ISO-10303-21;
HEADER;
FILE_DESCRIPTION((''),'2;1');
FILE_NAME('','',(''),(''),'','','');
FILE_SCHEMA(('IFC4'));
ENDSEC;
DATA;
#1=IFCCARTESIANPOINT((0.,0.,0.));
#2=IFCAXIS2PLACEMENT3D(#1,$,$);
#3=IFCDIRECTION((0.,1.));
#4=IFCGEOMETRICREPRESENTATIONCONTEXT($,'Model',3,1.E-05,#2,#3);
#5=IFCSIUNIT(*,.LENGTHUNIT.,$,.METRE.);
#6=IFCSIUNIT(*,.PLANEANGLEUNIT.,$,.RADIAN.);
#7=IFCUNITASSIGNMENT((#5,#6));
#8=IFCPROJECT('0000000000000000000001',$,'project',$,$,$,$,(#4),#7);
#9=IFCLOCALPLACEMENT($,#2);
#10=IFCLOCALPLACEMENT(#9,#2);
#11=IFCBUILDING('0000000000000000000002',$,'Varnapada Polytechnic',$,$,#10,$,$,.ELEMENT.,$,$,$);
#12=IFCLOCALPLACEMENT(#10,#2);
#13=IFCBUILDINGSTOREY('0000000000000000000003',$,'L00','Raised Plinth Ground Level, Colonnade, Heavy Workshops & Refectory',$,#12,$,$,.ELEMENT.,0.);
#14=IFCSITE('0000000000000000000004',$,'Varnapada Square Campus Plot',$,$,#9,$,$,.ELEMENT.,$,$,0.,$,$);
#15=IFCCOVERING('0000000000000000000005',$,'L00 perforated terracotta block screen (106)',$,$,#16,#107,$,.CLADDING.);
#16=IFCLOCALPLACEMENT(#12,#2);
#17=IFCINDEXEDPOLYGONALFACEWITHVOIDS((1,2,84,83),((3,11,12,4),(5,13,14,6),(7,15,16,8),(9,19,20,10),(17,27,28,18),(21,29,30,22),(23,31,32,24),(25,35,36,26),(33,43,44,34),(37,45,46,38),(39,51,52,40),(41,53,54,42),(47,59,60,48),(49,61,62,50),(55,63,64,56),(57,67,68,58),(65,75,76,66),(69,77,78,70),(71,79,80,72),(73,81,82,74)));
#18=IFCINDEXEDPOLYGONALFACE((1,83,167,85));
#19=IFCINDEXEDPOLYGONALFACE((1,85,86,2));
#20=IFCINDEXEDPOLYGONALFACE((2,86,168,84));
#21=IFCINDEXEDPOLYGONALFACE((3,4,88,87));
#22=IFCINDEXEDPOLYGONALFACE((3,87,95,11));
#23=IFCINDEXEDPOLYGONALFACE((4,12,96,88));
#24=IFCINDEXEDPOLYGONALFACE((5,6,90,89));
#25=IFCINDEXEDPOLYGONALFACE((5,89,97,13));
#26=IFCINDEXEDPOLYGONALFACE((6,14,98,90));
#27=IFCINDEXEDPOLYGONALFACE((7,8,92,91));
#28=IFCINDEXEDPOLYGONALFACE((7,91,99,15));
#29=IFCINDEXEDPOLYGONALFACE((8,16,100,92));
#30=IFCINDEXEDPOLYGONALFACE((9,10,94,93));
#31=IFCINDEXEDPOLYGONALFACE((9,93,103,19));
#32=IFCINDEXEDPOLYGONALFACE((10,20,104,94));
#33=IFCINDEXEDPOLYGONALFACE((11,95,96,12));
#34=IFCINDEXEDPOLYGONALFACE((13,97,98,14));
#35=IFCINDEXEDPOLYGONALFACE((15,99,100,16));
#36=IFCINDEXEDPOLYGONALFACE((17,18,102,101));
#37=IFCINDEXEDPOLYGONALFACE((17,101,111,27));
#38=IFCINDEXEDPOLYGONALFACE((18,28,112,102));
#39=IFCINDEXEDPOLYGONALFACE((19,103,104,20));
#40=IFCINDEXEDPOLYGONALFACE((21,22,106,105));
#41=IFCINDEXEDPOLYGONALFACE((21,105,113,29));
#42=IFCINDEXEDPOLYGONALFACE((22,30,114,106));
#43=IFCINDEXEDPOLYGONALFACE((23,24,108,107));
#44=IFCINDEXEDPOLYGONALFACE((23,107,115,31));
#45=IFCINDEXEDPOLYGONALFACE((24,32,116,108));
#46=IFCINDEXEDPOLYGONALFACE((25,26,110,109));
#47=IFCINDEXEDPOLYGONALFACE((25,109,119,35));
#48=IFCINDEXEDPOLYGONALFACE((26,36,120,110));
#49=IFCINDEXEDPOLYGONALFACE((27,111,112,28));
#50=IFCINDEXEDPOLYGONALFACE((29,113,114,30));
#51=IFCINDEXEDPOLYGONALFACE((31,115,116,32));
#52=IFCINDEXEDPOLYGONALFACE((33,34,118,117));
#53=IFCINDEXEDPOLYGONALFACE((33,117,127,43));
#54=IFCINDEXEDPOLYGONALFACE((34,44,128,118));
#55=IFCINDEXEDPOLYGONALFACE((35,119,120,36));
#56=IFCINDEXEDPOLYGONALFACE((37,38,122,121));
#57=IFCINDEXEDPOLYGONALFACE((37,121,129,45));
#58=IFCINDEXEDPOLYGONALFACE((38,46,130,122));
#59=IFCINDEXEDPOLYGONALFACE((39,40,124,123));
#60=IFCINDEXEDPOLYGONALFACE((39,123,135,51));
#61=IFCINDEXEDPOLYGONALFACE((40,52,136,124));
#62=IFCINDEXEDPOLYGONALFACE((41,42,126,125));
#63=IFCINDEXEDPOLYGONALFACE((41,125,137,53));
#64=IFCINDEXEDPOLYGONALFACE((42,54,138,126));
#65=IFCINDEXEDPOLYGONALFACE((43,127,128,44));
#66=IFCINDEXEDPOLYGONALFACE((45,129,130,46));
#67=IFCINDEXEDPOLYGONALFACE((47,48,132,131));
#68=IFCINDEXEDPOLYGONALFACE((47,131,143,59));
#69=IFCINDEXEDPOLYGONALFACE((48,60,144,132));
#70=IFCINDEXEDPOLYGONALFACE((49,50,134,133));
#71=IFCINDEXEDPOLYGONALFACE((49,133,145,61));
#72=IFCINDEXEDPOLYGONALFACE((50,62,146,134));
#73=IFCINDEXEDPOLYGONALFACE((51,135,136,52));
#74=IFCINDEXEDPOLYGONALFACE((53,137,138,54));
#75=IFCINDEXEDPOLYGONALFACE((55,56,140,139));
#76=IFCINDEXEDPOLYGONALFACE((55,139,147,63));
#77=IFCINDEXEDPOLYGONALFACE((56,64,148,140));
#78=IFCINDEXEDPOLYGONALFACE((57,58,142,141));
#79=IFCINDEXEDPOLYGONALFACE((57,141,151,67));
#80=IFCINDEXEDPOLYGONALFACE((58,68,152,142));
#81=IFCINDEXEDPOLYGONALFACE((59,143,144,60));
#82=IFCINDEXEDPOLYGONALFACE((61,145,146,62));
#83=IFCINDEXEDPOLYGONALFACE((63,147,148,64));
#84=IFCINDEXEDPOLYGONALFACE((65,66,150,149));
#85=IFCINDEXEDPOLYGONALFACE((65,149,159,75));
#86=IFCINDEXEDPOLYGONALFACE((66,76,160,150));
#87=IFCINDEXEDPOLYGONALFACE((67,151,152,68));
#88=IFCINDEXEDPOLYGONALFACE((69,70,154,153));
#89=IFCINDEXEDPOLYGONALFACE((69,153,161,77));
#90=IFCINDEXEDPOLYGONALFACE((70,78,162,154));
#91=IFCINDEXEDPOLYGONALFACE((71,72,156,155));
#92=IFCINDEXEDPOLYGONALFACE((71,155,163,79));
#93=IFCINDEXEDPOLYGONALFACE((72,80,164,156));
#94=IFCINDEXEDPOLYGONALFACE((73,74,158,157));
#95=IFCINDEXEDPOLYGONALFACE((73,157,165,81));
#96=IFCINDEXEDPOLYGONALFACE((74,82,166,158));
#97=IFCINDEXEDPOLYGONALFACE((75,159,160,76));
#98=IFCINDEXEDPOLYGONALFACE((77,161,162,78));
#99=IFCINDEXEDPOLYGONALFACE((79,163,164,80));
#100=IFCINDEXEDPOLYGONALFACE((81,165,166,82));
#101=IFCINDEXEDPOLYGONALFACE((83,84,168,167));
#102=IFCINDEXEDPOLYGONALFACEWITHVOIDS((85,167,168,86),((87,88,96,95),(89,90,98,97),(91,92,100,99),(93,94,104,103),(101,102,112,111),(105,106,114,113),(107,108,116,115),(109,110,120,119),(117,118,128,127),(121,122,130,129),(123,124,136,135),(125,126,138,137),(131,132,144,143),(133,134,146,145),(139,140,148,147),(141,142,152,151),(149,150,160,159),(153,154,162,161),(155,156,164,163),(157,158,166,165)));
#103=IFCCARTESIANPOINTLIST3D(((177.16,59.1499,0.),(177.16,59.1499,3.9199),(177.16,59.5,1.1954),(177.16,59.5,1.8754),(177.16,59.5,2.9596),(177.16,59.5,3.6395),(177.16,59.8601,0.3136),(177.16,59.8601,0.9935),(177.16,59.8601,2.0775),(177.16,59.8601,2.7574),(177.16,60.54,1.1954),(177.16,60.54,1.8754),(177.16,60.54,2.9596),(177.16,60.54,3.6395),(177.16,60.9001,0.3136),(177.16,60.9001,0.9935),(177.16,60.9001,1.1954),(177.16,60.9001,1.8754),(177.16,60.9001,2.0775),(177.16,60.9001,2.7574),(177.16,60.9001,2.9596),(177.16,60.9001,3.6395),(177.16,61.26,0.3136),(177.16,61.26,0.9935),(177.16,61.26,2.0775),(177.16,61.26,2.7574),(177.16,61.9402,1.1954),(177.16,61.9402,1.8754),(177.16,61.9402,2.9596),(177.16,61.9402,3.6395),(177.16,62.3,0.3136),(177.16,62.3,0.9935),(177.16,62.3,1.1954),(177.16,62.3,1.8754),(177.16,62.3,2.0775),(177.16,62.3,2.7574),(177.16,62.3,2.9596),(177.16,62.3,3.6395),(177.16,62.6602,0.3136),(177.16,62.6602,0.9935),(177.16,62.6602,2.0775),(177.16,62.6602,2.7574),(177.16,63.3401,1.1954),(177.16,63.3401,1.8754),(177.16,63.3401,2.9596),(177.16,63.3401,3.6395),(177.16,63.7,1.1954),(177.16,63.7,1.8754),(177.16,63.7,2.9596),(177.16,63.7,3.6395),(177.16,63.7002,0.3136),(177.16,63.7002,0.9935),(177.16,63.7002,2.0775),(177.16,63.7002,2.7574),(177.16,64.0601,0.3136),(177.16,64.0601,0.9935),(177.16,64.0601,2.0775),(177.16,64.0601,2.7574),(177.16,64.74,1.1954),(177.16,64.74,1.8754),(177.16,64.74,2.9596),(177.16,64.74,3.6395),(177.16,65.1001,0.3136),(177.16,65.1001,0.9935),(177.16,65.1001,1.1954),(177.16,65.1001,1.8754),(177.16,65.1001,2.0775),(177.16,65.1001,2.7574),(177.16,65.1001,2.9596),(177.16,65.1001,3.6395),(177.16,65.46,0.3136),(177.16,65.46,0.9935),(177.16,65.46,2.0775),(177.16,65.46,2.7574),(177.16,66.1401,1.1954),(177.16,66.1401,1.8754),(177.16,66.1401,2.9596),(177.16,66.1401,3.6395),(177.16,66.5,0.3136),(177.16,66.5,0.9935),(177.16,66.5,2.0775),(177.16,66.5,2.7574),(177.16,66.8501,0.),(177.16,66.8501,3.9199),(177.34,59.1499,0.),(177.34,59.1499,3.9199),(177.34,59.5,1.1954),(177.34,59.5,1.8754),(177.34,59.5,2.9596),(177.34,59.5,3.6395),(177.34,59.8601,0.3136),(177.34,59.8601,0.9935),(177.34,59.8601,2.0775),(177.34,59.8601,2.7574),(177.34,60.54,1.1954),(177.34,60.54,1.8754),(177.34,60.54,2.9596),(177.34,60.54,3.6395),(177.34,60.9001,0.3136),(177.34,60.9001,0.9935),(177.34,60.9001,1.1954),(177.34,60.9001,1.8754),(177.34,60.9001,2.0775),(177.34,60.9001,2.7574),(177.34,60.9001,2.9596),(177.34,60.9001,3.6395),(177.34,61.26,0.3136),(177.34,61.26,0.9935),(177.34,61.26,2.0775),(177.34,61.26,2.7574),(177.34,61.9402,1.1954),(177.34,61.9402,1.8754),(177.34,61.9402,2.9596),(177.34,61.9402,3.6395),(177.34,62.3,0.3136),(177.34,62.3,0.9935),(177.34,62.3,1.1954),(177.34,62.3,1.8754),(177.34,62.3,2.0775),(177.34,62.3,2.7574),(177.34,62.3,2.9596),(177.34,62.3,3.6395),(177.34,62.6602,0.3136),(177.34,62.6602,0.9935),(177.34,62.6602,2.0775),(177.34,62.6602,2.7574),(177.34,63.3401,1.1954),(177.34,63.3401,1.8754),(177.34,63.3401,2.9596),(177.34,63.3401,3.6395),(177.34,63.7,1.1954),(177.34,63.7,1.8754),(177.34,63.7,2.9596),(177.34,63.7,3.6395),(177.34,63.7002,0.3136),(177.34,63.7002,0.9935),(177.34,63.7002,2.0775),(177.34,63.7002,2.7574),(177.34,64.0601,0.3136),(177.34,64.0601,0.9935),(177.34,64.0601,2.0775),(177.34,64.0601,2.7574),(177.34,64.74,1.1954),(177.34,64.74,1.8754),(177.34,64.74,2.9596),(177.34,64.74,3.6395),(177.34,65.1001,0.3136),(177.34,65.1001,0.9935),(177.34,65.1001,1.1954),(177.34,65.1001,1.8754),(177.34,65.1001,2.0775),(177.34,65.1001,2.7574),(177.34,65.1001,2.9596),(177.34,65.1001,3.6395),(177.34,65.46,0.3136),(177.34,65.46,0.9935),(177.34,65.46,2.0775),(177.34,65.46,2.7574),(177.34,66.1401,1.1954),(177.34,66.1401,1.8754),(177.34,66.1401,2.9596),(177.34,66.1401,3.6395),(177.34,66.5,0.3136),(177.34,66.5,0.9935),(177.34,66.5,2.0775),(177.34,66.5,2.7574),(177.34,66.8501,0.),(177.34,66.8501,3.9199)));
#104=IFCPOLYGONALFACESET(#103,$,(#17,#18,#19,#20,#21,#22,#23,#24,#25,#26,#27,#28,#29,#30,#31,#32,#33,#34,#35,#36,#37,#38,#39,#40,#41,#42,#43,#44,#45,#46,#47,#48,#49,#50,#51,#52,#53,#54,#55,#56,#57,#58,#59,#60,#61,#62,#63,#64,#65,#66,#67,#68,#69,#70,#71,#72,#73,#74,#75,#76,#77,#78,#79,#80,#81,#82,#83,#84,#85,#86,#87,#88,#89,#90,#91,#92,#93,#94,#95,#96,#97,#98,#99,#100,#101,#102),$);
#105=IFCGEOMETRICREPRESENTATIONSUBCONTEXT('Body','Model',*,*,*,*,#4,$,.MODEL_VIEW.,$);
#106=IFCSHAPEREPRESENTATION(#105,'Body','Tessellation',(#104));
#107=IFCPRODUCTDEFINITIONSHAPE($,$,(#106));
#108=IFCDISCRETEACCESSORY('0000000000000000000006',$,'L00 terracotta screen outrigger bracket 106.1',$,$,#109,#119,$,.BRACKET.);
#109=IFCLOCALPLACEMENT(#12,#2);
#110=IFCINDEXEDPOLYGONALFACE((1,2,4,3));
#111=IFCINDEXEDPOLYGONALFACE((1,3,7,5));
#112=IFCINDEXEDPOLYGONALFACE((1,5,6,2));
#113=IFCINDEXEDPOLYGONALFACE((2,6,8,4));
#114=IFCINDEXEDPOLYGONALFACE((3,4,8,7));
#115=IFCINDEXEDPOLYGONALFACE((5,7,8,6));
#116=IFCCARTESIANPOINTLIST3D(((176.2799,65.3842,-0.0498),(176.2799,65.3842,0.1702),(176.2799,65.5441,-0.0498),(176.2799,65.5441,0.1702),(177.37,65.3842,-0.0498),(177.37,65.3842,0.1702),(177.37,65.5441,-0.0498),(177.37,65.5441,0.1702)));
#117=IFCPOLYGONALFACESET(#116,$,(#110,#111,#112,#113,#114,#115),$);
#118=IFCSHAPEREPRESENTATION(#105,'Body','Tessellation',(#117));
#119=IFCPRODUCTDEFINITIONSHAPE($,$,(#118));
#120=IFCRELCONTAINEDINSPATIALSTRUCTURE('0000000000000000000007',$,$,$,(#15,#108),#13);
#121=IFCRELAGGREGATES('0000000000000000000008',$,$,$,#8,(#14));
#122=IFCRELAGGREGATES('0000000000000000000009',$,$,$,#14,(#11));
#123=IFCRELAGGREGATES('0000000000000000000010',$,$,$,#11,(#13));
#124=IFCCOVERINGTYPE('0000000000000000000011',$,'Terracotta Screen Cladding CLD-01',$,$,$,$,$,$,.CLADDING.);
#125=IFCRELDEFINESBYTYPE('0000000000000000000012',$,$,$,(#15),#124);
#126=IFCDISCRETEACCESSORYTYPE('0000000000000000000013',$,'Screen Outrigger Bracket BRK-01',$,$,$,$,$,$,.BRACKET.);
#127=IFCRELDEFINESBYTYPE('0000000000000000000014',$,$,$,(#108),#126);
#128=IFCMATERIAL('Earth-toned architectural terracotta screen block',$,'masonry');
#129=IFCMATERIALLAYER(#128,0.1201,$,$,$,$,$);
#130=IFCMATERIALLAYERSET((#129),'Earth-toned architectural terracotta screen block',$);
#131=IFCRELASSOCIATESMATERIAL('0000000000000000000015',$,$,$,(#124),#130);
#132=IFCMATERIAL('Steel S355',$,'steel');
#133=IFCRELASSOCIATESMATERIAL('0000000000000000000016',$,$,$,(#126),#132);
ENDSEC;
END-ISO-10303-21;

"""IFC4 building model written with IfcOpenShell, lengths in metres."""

from ifc_helpers import new_model, si_unit, direction, frame, frame_2d, origin, origin_2d, place, context, subcontext, project, spatial, rectangle, extrude, material, layer, layer_set, type_object, element, save


model = new_model("IFC4")

# Units and contexts
model_context = context("Model", 3, precision=1e-05, world=origin(), true_north=direction((0.0, 1.0)))
body_context = subcontext(model_context, "Body", "Model", "MODEL_VIEW")
ifc_project = project(units=[si_unit("LENGTHUNIT", "METRE"), si_unit("PLANEANGLEUNIT", "RADIAN")], contexts=[model_context])

# Site, building, storey
site_placement = place(None, origin())
site = spatial("IfcSite", under=ifc_project, at=site_placement, Name="Varnapada Square Campus Plot", CompositionType="ELEMENT", RefElevation=0.0)
building_placement = place(site_placement, origin())
building = spatial("IfcBuilding", under=site, at=building_placement, Name="Varnapada Polytechnic", CompositionType="ELEMENT")
storey_placement = place(building_placement, origin())
storey = spatial("IfcBuildingStorey", under=building, at=storey_placement, Name="L00", Description="Raised Plinth Ground Level, Colonnade, Heavy Workshops & Refectory", CompositionType="ELEMENT", Elevation=0.0)

# Covering, openings
ifc_material_1 = material(Name="Earth-toned architectural terracotta screen block", Category="masonry")
ifc_layer_1 = layer(ifc_material_1, 0.1201)
ifc_layer_set_1 = layer_set([ifc_layer_1], Name="Earth-toned architectural terracotta screen block")
covering_type = type_object("IfcCoveringType", Name="Terracotta Screen Cladding CLD-01", PredefinedType="CLADDING", material=ifc_layer_set_1)
covering_placement = place(storey_placement, frame((177.25, 66.8501, 0.0), z_axis=(0.0, 0.0, 1.0), x_axis=(0.0, -1.0, 0.0)))
covering = element("IfcCovering", 1, at=covering_placement, inside=storey, type_object=covering_type, Name="L00 perforated terracotta block screen (106)", PredefinedType="CLADDING", context=body_context, shape_type="SweptSolid", body=[
    extrude(rectangle(XDim=7.7002, YDim=0.1799, at=frame_2d((3.8501, 0.0))), origin(), (0.0, 0.0, 1.0), 3.9199),
])
opening_1_placement = place(covering_placement, frame((0.3501, 0.0, 0.3137)))
element("IfcOpeningElement", 2, at=opening_1_placement, cuts=covering, PredefinedType="OPENING", context=body_context, shape_type="SweptSolid", body=[
    extrude(rectangle(XDim=1.04, YDim=0.6799, at=frame_2d((0.52, 0.3398))), frame((0.0, 0.0999, 0.0), z_axis=(0.0, -1.0, 0.0), x_axis=(1.0, 0.0, 0.0)), (0.0, 0.0, 1.0), 0.2),
])
opening_2_placement = place(covering_placement, frame((1.75, 0.0, 0.3137)))
element("IfcOpeningElement", 3, at=opening_2_placement, cuts=covering, PredefinedType="OPENING", context=body_context, shape_type="SweptSolid", body=[
    extrude(rectangle(XDim=1.04, YDim=0.6799, at=frame_2d((0.52, 0.3398))), frame((0.0, 0.0999, 0.0), z_axis=(0.0, -1.0, 0.0), x_axis=(1.0, 0.0, 0.0)), (0.0, 0.0, 1.0), 0.2),
])
opening_3_placement = place(covering_placement, frame((3.1499, 0.0, 0.3137)))
element("IfcOpeningElement", 4, at=opening_3_placement, cuts=covering, PredefinedType="OPENING", context=body_context, shape_type="SweptSolid", body=[
    extrude(rectangle(XDim=1.04, YDim=0.6799, at=frame_2d((0.52, 0.3398))), frame((0.0, 0.0999, 0.0), z_axis=(0.0, -1.0, 0.0), x_axis=(1.0, 0.0, 0.0)), (0.0, 0.0, 1.0), 0.2),
])
opening_4_placement = place(covering_placement, frame((4.55, 0.0, 0.3137)))
element("IfcOpeningElement", 5, at=opening_4_placement, cuts=covering, PredefinedType="OPENING", context=body_context, shape_type="SweptSolid", body=[
    extrude(rectangle(XDim=1.04, YDim=0.6799, at=frame_2d((0.52, 0.3398))), frame((0.0, 0.0999, 0.0), z_axis=(0.0, -1.0, 0.0), x_axis=(1.0, 0.0, 0.0)), (0.0, 0.0, 1.0), 0.2),
])
opening_5_placement = place(covering_placement, frame((5.95, 0.0, 0.3137)))
element("IfcOpeningElement", 6, at=opening_5_placement, cuts=covering, PredefinedType="OPENING", context=body_context, shape_type="SweptSolid", body=[
    extrude(rectangle(XDim=1.04, YDim=0.6799, at=frame_2d((0.52, 0.3398))), frame((0.0, 0.0999, 0.0), z_axis=(0.0, -1.0, 0.0), x_axis=(1.0, 0.0, 0.0)), (0.0, 0.0, 1.0), 0.2),
])
opening_6_placement = place(covering_placement, frame((0.71, 0.0, 1.1956)))
element("IfcOpeningElement", 7, at=opening_6_placement, cuts=covering, PredefinedType="OPENING", context=body_context, shape_type="SweptSolid", body=[
    extrude(rectangle(XDim=1.04, YDim=0.6799, at=frame_2d((0.52, 0.3398))), frame((0.0, 0.0999, 0.0), z_axis=(0.0, -1.0, 0.0), x_axis=(1.0, 0.0, 0.0)), (0.0, 0.0, 1.0), 0.2),
])
opening_7_placement = place(covering_placement, frame((2.1101, 0.0, 1.1956)))
element("IfcOpeningElement", 8, at=opening_7_placement, cuts=covering, PredefinedType="OPENING", context=body_context, shape_type="SweptSolid", body=[
    extrude(rectangle(XDim=1.04, YDim=0.6799, at=frame_2d((0.52, 0.3398))), frame((0.0, 0.0999, 0.0), z_axis=(0.0, -1.0, 0.0), x_axis=(1.0, 0.0, 0.0)), (0.0, 0.0, 1.0), 0.2),
])
opening_8_placement = place(covering_placement, frame((3.51, 0.0, 1.1956)))
element("IfcOpeningElement", 9, at=opening_8_placement, cuts=covering, PredefinedType="OPENING", context=body_context, shape_type="SweptSolid", body=[
    extrude(rectangle(XDim=1.04, YDim=0.6799, at=frame_2d((0.52, 0.3398))), frame((0.0, 0.0999, 0.0), z_axis=(0.0, -1.0, 0.0), x_axis=(1.0, 0.0, 0.0)), (0.0, 0.0, 1.0), 0.2),
])
opening_9_placement = place(covering_placement, frame((4.9099, 0.0, 1.1956)))
element("IfcOpeningElement", 10, at=opening_9_placement, cuts=covering, PredefinedType="OPENING", context=body_context, shape_type="SweptSolid", body=[
    extrude(rectangle(XDim=1.04, YDim=0.6799, at=frame_2d((0.52, 0.3398))), frame((0.0, 0.0999, 0.0), z_axis=(0.0, -1.0, 0.0), x_axis=(1.0, 0.0, 0.0)), (0.0, 0.0, 1.0), 0.2),
])
opening_10_placement = place(covering_placement, frame((6.3101, 0.0, 1.1956)))
element("IfcOpeningElement", 11, at=opening_10_placement, cuts=covering, PredefinedType="OPENING", context=body_context, shape_type="SweptSolid", body=[
    extrude(rectangle(XDim=1.04, YDim=0.6799, at=frame_2d((0.52, 0.3398))), frame((0.0, 0.0999, 0.0), z_axis=(0.0, -1.0, 0.0), x_axis=(1.0, 0.0, 0.0)), (0.0, 0.0, 1.0), 0.2),
])
opening_11_placement = place(covering_placement, frame((0.3501, 0.0, 2.0776)))
element("IfcOpeningElement", 12, at=opening_11_placement, cuts=covering, PredefinedType="OPENING", context=body_context, shape_type="SweptSolid", body=[
    extrude(rectangle(XDim=1.04, YDim=0.6799, at=frame_2d((0.52, 0.3398))), frame((0.0, 0.0999, 0.0), z_axis=(0.0, -1.0, 0.0), x_axis=(1.0, 0.0, 0.0)), (0.0, 0.0, 1.0), 0.2),
])
opening_12_placement = place(covering_placement, frame((1.75, 0.0, 2.0776)))
element("IfcOpeningElement", 13, at=opening_12_placement, cuts=covering, PredefinedType="OPENING", context=body_context, shape_type="SweptSolid", body=[
    extrude(rectangle(XDim=1.04, YDim=0.6799, at=frame_2d((0.52, 0.3398))), frame((0.0, 0.0999, 0.0), z_axis=(0.0, -1.0, 0.0), x_axis=(1.0, 0.0, 0.0)), (0.0, 0.0, 1.0), 0.2),
])
opening_13_placement = place(covering_placement, frame((3.1499, 0.0, 2.0776)))
element("IfcOpeningElement", 14, at=opening_13_placement, cuts=covering, PredefinedType="OPENING", context=body_context, shape_type="SweptSolid", body=[
    extrude(rectangle(XDim=1.04, YDim=0.6799, at=frame_2d((0.52, 0.3398))), frame((0.0, 0.0999, 0.0), z_axis=(0.0, -1.0, 0.0), x_axis=(1.0, 0.0, 0.0)), (0.0, 0.0, 1.0), 0.2),
])
opening_14_placement = place(covering_placement, frame((4.55, 0.0, 2.0776)))
element("IfcOpeningElement", 15, at=opening_14_placement, cuts=covering, PredefinedType="OPENING", context=body_context, shape_type="SweptSolid", body=[
    extrude(rectangle(XDim=1.04, YDim=0.6799, at=frame_2d((0.52, 0.3398))), frame((0.0, 0.0999, 0.0), z_axis=(0.0, -1.0, 0.0), x_axis=(1.0, 0.0, 0.0)), (0.0, 0.0, 1.0), 0.2),
])
opening_15_placement = place(covering_placement, frame((5.95, 0.0, 2.0776)))
element("IfcOpeningElement", 16, at=opening_15_placement, cuts=covering, PredefinedType="OPENING", context=body_context, shape_type="SweptSolid", body=[
    extrude(rectangle(XDim=1.04, YDim=0.6799, at=frame_2d((0.52, 0.3398))), frame((0.0, 0.0999, 0.0), z_axis=(0.0, -1.0, 0.0), x_axis=(1.0, 0.0, 0.0)), (0.0, 0.0, 1.0), 0.2),
])
opening_16_placement = place(covering_placement, frame((0.71, 0.0, 2.9597)))
element("IfcOpeningElement", 17, at=opening_16_placement, cuts=covering, PredefinedType="OPENING", context=body_context, shape_type="SweptSolid", body=[
    extrude(rectangle(XDim=1.04, YDim=0.6799, at=frame_2d((0.52, 0.3398))), frame((0.0, 0.0999, 0.0), z_axis=(0.0, -1.0, 0.0), x_axis=(1.0, 0.0, 0.0)), (0.0, 0.0, 1.0), 0.2),
])
opening_17_placement = place(covering_placement, frame((2.1101, 0.0, 2.9597)))
element("IfcOpeningElement", 18, at=opening_17_placement, cuts=covering, PredefinedType="OPENING", context=body_context, shape_type="SweptSolid", body=[
    extrude(rectangle(XDim=1.04, YDim=0.6799, at=frame_2d((0.52, 0.3398))), frame((0.0, 0.0999, 0.0), z_axis=(0.0, -1.0, 0.0), x_axis=(1.0, 0.0, 0.0)), (0.0, 0.0, 1.0), 0.2),
])
opening_18_placement = place(covering_placement, frame((3.51, 0.0, 2.9597)))
element("IfcOpeningElement", 19, at=opening_18_placement, cuts=covering, PredefinedType="OPENING", context=body_context, shape_type="SweptSolid", body=[
    extrude(rectangle(XDim=1.04, YDim=0.6799, at=frame_2d((0.52, 0.3398))), frame((0.0, 0.0999, 0.0), z_axis=(0.0, -1.0, 0.0), x_axis=(1.0, 0.0, 0.0)), (0.0, 0.0, 1.0), 0.2),
])
opening_19_placement = place(covering_placement, frame((4.9099, 0.0, 2.9597)))
element("IfcOpeningElement", 20, at=opening_19_placement, cuts=covering, PredefinedType="OPENING", context=body_context, shape_type="SweptSolid", body=[
    extrude(rectangle(XDim=1.04, YDim=0.6799, at=frame_2d((0.52, 0.3398))), frame((0.0, 0.0999, 0.0), z_axis=(0.0, -1.0, 0.0), x_axis=(1.0, 0.0, 0.0)), (0.0, 0.0, 1.0), 0.2),
])
opening_20_placement = place(covering_placement, frame((6.3101, 0.0, 2.9597)))
element("IfcOpeningElement", 21, at=opening_20_placement, cuts=covering, PredefinedType="OPENING", context=body_context, shape_type="SweptSolid", body=[
    extrude(rectangle(XDim=1.04, YDim=0.6799, at=frame_2d((0.52, 0.3398))), frame((0.0, 0.0999, 0.0), z_axis=(0.0, -1.0, 0.0), x_axis=(1.0, 0.0, 0.0)), (0.0, 0.0, 1.0), 0.2),
])

# Discrete accessory
ifc_material_2 = material(Name="Steel S355", Category="steel")
discrete_accessory_type = type_object("IfcDiscreteAccessoryType", Name="Screen Outrigger Bracket BRK-01", PredefinedType="BRACKET", material=ifc_material_2)
for number, where, z_axis, x_axis, name in (
    (22, (176.825, 65.4641, -0.0498), (0.0, 0.0, 1.0), (0.0, -1.0, 0.0), "L00 terracotta screen outrigger bracket 106.1"),
):
    element("IfcDiscreteAccessory", number, at=place(storey_placement, frame(where, z_axis=z_axis, x_axis=x_axis)), inside=storey, type_object=discrete_accessory_type, Name=name, PredefinedType="BRACKET", context=body_context, shape_type="SweptSolid", body=[
        extrude(rectangle(XDim=0.1599, YDim=1.0901, at=origin_2d()), origin(), (0.0, 0.0, 1.0), 0.22),
    ])

save(model, "model.ifc")
